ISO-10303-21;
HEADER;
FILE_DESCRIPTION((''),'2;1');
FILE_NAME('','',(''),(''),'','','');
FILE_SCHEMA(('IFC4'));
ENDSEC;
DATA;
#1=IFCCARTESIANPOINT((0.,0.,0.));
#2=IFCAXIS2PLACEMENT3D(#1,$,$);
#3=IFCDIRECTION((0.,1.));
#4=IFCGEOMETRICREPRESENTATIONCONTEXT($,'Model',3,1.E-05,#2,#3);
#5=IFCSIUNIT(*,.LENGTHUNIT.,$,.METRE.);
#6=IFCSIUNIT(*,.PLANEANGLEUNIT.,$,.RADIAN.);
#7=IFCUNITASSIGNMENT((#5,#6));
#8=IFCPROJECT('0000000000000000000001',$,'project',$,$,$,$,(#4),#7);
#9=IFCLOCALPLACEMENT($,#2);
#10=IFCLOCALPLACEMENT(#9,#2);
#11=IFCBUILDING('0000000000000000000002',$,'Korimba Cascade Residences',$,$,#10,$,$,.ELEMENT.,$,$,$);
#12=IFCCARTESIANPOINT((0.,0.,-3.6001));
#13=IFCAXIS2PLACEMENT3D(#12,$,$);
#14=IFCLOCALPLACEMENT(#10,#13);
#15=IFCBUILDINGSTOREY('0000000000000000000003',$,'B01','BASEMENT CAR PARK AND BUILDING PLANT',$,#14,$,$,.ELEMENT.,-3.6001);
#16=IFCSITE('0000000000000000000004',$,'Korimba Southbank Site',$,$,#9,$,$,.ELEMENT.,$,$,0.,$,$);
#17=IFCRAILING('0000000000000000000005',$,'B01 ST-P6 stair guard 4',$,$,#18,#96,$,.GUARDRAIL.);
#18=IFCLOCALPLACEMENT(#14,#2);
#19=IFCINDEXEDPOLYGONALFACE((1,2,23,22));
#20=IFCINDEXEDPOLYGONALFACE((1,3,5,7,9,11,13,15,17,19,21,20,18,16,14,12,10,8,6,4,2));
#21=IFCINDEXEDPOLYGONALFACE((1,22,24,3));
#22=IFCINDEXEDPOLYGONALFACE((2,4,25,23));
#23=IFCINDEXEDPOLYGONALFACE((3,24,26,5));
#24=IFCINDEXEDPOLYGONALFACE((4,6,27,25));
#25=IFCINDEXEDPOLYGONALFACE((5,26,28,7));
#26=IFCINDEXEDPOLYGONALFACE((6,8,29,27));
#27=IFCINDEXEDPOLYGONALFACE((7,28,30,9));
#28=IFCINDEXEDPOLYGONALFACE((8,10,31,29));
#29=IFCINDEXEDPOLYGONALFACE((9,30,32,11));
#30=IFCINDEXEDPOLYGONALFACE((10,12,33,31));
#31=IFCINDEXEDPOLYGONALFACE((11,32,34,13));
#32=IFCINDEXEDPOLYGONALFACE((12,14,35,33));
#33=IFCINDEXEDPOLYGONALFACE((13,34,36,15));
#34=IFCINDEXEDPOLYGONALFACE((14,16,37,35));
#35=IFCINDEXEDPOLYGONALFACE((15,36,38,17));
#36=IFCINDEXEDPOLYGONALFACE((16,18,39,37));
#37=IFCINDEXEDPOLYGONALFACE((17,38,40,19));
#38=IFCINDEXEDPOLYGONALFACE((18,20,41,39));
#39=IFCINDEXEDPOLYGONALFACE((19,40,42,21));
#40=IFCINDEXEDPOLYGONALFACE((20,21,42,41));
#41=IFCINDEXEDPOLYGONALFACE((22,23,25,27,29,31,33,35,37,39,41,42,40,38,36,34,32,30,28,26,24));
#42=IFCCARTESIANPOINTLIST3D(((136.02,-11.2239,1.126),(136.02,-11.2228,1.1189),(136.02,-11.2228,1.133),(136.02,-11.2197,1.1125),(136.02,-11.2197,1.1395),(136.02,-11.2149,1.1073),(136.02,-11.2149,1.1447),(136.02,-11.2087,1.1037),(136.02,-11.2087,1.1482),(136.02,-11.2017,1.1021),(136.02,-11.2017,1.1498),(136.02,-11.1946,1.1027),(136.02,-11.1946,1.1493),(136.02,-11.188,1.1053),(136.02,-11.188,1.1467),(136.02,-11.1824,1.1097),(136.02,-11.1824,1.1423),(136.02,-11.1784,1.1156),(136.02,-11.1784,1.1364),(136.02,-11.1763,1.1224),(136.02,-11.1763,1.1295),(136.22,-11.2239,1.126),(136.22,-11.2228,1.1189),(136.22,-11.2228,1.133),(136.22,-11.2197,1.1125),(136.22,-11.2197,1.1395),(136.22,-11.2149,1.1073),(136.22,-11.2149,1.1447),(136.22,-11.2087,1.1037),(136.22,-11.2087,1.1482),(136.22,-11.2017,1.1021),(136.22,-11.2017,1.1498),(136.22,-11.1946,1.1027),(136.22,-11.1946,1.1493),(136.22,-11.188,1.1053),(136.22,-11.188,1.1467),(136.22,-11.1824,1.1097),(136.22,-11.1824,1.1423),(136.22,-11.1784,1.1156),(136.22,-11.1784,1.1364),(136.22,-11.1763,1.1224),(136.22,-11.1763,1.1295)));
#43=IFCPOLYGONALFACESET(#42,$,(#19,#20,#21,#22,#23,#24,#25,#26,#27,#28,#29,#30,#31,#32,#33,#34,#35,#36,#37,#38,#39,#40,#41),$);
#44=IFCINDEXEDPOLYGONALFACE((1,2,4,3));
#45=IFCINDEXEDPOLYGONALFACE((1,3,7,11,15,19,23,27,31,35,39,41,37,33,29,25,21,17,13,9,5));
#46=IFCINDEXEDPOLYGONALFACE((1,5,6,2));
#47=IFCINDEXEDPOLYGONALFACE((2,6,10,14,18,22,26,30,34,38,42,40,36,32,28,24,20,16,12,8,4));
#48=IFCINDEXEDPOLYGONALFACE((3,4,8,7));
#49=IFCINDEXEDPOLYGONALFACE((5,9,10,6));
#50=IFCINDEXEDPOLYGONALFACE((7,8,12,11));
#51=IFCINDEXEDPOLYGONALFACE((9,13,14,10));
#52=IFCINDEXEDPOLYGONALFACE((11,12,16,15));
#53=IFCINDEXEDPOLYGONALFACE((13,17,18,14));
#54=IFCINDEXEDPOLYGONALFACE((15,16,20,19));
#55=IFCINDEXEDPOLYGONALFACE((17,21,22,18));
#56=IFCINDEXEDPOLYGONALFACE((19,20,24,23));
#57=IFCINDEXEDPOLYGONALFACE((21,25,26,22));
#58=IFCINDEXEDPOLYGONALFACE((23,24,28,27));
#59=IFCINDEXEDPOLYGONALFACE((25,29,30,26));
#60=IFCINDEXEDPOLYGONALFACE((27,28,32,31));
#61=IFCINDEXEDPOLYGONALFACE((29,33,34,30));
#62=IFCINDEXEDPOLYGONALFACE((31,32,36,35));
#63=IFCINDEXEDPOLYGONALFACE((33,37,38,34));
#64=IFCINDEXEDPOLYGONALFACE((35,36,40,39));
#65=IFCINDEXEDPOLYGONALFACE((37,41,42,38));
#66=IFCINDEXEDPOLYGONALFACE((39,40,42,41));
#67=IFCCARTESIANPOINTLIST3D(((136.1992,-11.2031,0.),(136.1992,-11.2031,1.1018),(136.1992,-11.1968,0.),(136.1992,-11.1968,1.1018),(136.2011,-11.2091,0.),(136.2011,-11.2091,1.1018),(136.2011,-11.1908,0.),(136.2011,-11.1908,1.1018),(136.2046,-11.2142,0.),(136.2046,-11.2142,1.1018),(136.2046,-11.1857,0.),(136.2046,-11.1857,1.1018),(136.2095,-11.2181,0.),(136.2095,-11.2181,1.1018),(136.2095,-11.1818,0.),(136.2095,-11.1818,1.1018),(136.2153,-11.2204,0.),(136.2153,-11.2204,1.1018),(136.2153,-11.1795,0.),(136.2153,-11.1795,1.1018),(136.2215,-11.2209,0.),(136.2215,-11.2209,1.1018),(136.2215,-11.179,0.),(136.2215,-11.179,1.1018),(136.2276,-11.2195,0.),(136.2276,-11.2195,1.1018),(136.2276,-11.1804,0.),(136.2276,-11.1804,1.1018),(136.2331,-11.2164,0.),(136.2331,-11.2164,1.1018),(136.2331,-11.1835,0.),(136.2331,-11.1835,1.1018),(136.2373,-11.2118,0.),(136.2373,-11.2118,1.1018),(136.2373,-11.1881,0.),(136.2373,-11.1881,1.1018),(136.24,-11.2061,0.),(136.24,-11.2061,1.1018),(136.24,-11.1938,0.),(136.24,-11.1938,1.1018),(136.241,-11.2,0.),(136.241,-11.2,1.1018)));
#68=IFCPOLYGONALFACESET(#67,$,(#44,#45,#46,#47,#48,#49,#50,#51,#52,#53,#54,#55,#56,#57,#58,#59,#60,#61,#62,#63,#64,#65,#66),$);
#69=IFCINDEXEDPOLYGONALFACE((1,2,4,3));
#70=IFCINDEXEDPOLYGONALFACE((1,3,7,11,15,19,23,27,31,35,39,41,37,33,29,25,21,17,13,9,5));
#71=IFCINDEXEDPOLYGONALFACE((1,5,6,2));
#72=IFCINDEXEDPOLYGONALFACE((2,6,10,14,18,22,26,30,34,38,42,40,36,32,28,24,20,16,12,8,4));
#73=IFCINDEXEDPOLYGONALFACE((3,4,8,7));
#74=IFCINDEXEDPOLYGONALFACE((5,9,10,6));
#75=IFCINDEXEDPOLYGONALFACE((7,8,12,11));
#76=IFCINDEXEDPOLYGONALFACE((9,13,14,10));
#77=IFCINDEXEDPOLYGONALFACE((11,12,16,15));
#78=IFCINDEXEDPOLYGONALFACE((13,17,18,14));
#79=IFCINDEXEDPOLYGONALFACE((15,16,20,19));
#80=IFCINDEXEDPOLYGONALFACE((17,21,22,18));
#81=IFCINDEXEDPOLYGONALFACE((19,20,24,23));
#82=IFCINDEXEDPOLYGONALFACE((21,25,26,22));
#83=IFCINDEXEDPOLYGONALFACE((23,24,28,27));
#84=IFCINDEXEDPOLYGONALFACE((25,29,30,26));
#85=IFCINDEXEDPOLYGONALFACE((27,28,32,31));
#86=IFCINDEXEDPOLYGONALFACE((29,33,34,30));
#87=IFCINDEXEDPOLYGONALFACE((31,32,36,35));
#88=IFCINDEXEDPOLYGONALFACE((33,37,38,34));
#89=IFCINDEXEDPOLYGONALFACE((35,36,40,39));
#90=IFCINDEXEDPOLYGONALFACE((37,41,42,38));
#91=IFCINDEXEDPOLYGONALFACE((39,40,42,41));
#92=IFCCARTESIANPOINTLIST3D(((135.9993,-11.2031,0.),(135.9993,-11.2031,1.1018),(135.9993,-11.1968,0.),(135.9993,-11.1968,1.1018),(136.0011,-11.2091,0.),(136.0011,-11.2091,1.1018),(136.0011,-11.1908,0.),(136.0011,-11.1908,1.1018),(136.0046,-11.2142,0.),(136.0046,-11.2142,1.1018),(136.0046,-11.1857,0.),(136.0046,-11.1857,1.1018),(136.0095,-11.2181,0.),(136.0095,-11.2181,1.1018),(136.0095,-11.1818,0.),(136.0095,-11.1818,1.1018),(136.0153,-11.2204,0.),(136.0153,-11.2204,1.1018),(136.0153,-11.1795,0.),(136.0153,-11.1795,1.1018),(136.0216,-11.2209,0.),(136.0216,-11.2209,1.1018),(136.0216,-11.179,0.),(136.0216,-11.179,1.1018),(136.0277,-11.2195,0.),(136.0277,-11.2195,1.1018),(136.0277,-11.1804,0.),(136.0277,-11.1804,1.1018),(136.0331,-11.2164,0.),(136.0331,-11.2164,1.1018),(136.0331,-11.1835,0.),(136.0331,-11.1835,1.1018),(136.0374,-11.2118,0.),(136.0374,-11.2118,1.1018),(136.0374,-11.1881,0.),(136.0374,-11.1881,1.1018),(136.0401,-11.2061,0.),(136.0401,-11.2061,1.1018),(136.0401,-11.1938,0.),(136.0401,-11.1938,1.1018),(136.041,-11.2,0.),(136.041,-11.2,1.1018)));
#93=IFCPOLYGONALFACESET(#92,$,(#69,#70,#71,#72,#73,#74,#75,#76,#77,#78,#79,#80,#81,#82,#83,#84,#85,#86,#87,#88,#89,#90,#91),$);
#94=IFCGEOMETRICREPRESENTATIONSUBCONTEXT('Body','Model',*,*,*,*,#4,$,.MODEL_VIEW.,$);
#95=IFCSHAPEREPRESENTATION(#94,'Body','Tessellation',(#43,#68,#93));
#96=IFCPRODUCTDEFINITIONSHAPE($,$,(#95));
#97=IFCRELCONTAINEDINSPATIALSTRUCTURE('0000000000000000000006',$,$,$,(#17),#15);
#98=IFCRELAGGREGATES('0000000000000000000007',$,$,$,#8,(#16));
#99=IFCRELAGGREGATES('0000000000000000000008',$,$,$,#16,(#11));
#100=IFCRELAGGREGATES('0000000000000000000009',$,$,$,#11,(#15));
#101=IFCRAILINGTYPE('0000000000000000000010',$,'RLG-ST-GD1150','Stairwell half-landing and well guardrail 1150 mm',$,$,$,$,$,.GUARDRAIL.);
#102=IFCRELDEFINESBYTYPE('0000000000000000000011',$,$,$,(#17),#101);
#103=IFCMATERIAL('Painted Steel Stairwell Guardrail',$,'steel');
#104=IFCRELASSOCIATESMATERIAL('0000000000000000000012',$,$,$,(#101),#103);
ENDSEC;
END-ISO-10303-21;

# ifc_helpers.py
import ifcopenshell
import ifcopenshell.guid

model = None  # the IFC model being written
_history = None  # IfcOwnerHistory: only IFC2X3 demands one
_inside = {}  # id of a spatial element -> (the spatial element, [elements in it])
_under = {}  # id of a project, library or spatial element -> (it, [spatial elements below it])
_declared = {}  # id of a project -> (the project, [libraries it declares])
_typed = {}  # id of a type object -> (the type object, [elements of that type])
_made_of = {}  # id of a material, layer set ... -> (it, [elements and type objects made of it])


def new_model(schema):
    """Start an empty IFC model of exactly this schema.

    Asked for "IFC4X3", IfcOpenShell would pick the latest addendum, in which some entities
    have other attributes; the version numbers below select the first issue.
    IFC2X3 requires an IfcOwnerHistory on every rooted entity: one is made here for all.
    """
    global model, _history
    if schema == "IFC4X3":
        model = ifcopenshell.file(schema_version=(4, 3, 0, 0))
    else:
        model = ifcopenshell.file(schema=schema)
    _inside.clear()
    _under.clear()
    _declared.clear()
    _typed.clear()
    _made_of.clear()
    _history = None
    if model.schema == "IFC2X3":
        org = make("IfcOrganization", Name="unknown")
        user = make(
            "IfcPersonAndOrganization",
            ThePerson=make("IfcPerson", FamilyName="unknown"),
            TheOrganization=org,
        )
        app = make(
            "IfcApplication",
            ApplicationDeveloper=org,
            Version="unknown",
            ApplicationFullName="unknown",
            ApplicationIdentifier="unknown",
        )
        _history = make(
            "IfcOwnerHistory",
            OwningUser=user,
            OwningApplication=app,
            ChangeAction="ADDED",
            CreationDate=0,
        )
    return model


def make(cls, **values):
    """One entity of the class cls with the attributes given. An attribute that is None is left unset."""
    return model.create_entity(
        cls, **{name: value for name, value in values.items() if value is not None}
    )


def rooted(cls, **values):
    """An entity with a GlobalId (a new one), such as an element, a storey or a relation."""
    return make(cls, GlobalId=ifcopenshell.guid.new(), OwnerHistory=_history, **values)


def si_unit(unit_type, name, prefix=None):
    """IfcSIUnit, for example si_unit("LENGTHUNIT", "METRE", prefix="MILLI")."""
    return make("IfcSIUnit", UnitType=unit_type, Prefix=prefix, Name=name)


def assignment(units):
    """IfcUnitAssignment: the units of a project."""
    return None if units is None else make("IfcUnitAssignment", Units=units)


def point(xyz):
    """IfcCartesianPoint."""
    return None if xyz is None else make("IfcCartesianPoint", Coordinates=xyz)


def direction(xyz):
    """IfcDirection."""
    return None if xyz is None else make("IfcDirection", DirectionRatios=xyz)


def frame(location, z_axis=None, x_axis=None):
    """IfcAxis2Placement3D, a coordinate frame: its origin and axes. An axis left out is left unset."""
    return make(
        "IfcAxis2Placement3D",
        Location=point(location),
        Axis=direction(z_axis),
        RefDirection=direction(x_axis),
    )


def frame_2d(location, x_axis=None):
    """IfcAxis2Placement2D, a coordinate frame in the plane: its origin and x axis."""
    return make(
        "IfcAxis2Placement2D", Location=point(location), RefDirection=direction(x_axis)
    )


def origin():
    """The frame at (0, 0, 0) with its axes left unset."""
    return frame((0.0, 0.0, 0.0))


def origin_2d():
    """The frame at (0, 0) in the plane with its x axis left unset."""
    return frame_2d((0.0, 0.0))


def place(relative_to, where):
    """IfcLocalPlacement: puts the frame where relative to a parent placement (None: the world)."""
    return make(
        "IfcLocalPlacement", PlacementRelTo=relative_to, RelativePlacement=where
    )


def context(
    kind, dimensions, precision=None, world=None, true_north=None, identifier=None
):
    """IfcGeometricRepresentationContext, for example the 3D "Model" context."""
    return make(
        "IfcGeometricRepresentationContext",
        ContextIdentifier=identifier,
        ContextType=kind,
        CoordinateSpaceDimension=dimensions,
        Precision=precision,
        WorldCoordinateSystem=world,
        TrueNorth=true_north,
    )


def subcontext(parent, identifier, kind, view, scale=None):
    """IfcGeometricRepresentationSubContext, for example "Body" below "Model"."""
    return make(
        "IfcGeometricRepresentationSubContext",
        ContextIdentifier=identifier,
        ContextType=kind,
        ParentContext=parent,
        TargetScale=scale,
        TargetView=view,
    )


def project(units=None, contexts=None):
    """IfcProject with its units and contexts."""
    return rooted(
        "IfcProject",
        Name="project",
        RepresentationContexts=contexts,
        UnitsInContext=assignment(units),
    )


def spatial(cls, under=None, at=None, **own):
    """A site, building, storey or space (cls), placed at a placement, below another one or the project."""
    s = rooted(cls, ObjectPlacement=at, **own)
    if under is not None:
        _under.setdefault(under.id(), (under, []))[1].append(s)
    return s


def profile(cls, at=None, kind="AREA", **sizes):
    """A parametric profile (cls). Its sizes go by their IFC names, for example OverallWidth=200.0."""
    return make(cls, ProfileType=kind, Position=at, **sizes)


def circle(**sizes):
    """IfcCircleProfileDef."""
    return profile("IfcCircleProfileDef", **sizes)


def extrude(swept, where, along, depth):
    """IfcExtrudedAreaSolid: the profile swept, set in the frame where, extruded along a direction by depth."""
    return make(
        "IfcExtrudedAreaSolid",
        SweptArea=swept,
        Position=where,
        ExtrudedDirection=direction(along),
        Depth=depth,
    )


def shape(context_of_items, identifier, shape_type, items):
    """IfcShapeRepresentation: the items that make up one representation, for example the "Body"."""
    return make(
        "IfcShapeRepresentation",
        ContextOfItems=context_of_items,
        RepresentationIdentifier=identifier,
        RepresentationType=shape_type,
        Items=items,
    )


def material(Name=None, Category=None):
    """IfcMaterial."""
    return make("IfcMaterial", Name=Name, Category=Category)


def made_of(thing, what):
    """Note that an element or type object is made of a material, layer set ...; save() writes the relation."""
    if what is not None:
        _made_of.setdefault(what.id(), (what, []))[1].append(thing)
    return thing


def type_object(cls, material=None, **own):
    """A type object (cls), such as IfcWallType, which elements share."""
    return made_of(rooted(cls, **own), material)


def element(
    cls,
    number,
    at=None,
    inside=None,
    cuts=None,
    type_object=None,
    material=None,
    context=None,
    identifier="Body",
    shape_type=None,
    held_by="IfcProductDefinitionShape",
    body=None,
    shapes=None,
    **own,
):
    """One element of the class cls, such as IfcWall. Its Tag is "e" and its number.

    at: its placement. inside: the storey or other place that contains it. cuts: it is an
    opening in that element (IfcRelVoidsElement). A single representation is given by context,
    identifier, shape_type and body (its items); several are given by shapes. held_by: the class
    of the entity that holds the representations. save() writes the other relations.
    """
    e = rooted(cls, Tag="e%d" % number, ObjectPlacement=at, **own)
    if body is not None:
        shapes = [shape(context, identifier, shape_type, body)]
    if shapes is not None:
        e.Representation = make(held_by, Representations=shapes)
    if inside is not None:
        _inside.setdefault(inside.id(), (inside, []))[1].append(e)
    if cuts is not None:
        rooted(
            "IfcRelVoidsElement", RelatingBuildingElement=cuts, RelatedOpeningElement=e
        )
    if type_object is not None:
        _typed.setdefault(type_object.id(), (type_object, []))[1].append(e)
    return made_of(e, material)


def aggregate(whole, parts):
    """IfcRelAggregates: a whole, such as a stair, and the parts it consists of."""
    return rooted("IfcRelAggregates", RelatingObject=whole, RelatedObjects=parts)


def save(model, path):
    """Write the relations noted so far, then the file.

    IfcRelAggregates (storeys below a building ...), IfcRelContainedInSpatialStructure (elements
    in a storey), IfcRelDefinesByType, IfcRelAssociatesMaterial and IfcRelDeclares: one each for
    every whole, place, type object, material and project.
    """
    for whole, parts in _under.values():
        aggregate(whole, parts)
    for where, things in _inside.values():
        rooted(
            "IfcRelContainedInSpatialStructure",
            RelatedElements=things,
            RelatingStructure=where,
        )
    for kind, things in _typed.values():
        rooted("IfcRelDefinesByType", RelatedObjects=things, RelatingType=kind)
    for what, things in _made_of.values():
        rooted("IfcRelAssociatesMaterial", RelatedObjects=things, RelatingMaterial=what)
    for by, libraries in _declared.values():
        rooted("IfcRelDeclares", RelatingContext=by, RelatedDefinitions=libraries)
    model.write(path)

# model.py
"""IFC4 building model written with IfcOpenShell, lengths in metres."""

from ifc_helpers import new_model, si_unit, direction, frame, origin, origin_2d, place, context, subcontext, project, spatial, circle, extrude, material, type_object, element, save


model = new_model("IFC4")

# Units and contexts
model_context = context("Model", 3, precision=1e-05, world=origin(), true_north=direction((0.0, 1.0)))
body_context = subcontext(model_context, "Body", "Model", "MODEL_VIEW")
ifc_project = project(units=[si_unit("LENGTHUNIT", "METRE"), si_unit("PLANEANGLEUNIT", "RADIAN")], contexts=[model_context])

# Site, building, storey
site_placement = place(None, origin())
site = spatial("IfcSite", under=ifc_project, at=site_placement, Name="Korimba Southbank Site", CompositionType="ELEMENT", RefElevation=0.0)
building_placement = place(site_placement, origin())
building = spatial("IfcBuilding", under=site, at=building_placement, Name="Korimba Cascade Residences", CompositionType="ELEMENT")
storey_placement = place(building_placement, frame((0.0, 0.0, -3.6001)))
storey = spatial("IfcBuildingStorey", under=building, at=storey_placement, Name="B01", Description="BASEMENT CAR PARK AND BUILDING PLANT", CompositionType="ELEMENT", Elevation=-3.6001)

# Railing
ifc_material_1 = material(Name="Painted Steel Stairwell Guardrail", Category="steel")
railing_type_1 = type_object("IfcRailingType", Name="RLG-ST-GD1150", Description="Stairwell half-landing and well guardrail 1150 mm", PredefinedType="GUARDRAIL", material=ifc_material_1)
railing_1_placement = place(storey_placement, frame((136.22, -11.2, 0.0)))
element("IfcRailing", 1, at=railing_1_placement, inside=storey, type_object=railing_type_1, Name="B01 ST-P6 stair guard 4", PredefinedType="GUARDRAIL", context=body_context, shape_type="SweptSolid", body=[
    extrude(circle(Radius=0.0239, at=origin_2d()), frame((0.0, 0.0, 1.126), z_axis=(-1.0, 0.0, 0.0), x_axis=(0.0, -1.0, 0.0)), (0.0, 0.0, 1.0), 0.2),
    extrude(circle(Radius=0.021, at=origin_2d()), origin(), (0.0, 0.0, 1.0), 1.1018),
    extrude(circle(Radius=0.021, at=origin_2d()), frame((-0.2, 0.0, 0.0)), (0.0, 0.0, 1.0), 1.1018),
])

save(model, "model.ifc")
